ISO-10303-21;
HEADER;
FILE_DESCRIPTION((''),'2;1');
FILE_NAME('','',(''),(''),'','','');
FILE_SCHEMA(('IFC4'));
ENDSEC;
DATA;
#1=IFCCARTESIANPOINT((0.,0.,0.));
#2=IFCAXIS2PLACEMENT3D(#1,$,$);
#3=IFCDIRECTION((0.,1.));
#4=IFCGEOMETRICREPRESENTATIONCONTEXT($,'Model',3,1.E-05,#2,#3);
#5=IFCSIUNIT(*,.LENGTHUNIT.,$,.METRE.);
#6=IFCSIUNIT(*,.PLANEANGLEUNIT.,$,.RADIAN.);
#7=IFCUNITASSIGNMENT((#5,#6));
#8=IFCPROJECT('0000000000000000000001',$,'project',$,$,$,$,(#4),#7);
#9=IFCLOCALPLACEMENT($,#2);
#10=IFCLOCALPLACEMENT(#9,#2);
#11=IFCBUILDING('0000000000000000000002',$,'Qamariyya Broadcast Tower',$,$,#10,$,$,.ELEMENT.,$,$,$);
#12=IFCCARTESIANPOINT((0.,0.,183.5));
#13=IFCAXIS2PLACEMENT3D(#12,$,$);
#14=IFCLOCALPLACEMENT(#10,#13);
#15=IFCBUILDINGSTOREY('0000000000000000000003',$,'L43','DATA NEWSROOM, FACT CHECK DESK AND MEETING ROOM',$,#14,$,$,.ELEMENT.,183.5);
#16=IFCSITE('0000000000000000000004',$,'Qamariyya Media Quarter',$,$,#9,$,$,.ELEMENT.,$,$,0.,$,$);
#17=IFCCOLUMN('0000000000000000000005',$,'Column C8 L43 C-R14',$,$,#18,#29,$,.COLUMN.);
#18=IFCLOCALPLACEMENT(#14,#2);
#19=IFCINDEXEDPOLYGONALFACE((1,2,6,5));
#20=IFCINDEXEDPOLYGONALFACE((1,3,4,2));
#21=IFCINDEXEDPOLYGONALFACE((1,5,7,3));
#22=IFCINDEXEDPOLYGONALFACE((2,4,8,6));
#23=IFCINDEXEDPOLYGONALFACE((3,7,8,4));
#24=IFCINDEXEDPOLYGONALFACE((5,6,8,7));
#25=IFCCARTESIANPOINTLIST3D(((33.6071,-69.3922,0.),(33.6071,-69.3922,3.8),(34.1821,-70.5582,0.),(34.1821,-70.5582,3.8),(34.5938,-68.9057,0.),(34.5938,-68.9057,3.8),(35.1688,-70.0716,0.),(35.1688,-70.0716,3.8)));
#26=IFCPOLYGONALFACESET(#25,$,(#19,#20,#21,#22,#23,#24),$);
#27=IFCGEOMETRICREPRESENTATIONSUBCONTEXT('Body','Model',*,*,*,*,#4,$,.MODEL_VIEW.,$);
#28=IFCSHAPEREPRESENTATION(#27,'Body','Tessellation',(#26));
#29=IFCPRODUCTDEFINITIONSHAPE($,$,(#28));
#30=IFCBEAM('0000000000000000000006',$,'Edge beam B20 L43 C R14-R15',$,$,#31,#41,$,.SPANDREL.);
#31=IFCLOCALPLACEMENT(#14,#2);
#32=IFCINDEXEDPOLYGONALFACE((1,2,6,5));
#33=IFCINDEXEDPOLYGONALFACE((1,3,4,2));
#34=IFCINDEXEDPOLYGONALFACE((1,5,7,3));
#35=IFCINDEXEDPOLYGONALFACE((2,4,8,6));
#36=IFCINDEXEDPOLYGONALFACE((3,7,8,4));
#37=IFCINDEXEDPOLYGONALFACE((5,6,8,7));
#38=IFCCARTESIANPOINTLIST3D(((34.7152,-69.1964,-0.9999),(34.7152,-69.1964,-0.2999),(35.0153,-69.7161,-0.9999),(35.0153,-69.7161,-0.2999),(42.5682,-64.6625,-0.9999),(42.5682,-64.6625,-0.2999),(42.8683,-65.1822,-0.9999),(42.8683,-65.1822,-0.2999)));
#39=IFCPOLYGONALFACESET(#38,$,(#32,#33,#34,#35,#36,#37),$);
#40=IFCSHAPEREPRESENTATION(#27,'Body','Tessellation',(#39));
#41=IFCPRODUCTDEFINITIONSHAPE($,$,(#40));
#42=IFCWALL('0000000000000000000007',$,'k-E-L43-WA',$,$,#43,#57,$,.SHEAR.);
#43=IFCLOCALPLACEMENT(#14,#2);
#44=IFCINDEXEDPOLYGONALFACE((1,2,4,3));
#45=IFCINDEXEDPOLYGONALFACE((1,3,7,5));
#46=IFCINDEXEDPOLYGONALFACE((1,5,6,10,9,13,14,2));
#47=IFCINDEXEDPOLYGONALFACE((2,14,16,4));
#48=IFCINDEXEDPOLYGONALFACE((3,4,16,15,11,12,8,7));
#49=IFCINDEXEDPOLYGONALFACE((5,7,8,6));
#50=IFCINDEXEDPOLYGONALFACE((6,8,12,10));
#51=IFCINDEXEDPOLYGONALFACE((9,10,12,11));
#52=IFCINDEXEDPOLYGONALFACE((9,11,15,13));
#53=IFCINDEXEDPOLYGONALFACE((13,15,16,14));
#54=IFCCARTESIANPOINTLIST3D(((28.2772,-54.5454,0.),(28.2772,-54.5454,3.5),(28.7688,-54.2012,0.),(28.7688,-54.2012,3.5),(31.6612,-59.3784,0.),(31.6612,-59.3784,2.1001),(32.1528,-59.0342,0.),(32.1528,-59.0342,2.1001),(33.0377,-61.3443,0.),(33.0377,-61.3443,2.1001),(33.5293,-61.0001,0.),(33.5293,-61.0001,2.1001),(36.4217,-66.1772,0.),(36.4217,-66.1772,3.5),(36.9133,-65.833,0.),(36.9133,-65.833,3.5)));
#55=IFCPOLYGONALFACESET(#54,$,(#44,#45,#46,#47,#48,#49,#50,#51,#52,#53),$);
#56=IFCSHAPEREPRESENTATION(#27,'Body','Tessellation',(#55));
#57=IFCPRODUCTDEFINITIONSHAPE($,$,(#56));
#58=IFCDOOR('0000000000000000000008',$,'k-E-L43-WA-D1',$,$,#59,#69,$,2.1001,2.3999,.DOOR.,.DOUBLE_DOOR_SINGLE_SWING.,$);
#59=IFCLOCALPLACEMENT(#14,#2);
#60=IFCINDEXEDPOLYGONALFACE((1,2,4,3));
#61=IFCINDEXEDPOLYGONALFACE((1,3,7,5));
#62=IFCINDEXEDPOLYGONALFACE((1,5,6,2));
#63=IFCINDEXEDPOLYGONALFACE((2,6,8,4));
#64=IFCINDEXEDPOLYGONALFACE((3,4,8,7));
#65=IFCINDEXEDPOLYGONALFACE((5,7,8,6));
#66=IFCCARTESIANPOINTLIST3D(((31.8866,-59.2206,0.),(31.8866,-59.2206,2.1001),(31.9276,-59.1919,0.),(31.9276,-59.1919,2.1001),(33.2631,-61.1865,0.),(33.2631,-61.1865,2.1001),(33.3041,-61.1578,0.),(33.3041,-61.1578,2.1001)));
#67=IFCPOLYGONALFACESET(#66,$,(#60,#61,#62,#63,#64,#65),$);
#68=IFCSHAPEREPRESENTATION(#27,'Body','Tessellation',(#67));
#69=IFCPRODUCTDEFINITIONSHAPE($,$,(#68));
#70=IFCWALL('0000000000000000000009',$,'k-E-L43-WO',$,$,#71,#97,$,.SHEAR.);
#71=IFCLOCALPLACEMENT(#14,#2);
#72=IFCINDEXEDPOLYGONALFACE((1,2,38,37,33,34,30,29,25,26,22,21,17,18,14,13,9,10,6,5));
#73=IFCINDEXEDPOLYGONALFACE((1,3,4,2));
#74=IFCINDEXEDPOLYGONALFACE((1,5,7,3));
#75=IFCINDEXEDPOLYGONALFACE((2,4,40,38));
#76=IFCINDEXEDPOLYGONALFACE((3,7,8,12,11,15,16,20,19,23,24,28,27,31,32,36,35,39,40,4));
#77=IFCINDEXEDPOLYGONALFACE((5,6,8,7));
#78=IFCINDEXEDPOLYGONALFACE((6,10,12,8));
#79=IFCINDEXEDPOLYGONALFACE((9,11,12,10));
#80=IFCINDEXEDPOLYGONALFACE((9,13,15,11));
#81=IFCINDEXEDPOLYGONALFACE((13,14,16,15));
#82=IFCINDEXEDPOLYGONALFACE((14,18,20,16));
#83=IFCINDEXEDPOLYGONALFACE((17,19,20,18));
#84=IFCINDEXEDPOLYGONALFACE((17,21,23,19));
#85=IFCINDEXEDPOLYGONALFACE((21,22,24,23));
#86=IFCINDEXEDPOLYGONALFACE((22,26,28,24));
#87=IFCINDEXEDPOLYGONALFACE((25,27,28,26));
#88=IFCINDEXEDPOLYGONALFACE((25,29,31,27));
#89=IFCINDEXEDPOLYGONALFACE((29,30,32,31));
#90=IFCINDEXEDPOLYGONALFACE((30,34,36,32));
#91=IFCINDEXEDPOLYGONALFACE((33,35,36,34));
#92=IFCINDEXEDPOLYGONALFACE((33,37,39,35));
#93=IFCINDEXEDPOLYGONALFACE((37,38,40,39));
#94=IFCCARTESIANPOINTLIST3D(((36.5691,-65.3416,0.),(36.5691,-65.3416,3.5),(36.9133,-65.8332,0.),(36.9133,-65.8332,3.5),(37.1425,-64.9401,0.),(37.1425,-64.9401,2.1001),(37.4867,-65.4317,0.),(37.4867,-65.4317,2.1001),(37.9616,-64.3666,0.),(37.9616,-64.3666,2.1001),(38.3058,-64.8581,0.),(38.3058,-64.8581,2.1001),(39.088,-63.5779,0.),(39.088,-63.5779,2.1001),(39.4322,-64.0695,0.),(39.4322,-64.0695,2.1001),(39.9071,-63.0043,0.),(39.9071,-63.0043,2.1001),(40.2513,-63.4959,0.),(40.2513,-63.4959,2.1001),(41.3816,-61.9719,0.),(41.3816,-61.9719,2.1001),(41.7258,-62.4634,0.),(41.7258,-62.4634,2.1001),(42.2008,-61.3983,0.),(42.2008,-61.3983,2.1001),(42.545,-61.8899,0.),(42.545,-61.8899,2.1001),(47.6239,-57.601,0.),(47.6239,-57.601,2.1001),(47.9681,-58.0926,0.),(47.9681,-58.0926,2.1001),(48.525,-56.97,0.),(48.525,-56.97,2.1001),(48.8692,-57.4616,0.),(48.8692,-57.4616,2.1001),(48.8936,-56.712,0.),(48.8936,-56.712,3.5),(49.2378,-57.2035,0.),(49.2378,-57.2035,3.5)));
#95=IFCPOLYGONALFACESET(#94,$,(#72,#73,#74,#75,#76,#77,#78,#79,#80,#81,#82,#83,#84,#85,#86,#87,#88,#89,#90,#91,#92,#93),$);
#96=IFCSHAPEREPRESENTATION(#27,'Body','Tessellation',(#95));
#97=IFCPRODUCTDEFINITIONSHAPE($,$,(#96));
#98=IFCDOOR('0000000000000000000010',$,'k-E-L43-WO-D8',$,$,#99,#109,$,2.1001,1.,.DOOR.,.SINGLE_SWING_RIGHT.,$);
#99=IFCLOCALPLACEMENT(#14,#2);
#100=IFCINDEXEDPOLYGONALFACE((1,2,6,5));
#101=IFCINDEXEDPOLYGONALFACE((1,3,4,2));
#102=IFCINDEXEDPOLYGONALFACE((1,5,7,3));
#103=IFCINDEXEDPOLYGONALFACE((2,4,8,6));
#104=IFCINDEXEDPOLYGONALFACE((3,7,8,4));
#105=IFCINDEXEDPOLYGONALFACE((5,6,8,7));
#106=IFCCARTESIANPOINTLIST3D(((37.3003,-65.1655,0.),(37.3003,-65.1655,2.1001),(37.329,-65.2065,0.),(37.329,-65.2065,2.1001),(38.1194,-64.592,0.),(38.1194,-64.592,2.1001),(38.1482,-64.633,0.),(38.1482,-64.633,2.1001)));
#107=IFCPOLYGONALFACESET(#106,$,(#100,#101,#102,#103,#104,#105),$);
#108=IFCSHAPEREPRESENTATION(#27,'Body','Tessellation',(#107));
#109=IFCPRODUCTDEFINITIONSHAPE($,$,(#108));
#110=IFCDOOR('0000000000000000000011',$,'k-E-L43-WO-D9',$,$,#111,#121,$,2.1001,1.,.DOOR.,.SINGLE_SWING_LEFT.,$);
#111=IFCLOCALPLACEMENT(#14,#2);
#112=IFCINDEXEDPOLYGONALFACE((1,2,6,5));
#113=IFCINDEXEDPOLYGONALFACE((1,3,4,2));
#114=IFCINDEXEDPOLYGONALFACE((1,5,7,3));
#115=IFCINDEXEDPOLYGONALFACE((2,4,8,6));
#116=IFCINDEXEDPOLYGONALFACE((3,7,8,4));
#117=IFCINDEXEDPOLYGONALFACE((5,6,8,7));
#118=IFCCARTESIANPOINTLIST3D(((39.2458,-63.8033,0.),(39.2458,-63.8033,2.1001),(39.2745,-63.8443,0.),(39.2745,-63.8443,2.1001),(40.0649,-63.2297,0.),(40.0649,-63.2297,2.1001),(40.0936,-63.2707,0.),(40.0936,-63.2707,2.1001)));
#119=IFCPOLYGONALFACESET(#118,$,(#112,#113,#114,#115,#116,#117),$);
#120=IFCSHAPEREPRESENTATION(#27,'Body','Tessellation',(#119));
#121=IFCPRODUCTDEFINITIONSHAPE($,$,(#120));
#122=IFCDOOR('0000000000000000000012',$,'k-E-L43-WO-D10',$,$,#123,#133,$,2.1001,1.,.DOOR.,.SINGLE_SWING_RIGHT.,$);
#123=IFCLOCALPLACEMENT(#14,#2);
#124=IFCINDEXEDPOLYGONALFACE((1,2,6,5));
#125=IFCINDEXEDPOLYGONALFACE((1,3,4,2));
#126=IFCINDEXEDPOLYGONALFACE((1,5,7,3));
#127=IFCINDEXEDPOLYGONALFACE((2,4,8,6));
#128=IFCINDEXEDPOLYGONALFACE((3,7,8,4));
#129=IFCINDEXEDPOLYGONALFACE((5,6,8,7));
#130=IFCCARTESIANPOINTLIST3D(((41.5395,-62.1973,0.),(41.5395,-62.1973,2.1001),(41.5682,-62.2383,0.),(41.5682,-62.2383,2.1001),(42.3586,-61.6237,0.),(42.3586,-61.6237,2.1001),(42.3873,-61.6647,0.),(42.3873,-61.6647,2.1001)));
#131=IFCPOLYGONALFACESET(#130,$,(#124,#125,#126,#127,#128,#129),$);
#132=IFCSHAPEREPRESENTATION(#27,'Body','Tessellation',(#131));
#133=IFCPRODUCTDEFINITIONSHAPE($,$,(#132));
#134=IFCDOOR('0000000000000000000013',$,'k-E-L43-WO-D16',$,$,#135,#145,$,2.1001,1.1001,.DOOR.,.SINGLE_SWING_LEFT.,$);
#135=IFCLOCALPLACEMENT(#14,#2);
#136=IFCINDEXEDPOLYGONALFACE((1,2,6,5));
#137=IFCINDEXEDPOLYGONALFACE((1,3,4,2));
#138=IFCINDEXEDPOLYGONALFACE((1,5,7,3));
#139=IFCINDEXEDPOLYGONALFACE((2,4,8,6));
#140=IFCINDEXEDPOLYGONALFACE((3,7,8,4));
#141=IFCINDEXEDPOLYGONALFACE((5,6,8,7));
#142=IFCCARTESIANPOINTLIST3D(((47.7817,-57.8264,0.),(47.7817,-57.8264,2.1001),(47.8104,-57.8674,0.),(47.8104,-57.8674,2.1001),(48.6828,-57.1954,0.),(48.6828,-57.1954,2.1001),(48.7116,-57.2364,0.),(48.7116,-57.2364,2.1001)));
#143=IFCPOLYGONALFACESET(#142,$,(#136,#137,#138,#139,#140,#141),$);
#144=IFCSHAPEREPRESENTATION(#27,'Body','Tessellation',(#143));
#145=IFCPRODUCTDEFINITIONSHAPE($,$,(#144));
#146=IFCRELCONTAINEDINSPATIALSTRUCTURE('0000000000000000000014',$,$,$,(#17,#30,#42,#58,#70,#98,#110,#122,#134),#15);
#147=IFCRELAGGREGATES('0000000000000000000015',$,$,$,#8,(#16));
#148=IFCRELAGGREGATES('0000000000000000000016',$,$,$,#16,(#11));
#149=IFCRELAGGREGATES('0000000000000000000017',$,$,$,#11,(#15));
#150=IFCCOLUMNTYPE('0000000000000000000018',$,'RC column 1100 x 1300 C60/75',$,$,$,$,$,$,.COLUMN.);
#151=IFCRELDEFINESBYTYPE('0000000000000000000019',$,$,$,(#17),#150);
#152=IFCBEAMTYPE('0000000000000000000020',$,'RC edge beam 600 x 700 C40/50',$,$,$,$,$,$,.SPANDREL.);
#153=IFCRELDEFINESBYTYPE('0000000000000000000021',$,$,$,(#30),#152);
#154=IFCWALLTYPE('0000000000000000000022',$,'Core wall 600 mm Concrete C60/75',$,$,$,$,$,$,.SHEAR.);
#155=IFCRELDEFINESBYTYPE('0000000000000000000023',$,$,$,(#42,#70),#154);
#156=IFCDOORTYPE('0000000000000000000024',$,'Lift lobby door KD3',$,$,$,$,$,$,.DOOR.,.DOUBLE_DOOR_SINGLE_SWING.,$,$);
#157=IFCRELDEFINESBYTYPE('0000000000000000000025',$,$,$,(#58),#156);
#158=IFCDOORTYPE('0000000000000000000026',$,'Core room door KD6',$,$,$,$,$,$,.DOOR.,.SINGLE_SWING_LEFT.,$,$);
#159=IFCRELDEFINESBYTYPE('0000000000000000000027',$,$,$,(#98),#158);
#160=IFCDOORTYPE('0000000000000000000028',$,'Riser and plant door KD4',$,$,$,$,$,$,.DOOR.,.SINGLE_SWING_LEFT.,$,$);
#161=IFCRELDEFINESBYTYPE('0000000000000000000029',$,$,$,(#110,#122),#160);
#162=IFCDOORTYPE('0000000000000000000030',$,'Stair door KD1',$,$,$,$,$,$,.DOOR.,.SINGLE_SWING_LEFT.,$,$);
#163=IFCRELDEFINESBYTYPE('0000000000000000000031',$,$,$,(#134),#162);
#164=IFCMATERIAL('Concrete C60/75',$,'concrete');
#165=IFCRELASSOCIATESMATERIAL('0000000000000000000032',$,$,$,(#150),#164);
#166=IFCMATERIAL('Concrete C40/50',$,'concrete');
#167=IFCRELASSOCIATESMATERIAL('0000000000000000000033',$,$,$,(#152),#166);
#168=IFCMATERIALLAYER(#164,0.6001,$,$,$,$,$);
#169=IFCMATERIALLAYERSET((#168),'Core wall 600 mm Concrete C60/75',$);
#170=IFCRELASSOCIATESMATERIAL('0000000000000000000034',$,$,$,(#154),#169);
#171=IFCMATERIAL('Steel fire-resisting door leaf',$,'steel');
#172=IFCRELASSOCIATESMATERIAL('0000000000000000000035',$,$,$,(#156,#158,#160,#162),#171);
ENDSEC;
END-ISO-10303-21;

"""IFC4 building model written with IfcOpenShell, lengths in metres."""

from ifc_helpers import new_model, si_unit, direction, frame, frame_2d, origin, origin_2d, place, context, subcontext, project, spatial, rectangle, extrude, material, layer, layer_set, material_profile, profile_set, type_object, element, fill, save


model = new_model("IFC4")

# Units and contexts
model_context = context("Model", 3, precision=1e-05, world=origin(), true_north=direction((0.0, 1.0)))
body_context = subcontext(model_context, "Body", "Model", "MODEL_VIEW")
ifc_project = project(units=[si_unit("LENGTHUNIT", "METRE"), si_unit("PLANEANGLEUNIT", "RADIAN")], contexts=[model_context])

# Site, building, storey
site_placement = place(None, origin())
site = spatial("IfcSite", under=ifc_project, at=site_placement, Name="Qamariyya Media Quarter", CompositionType="ELEMENT", RefElevation=0.0)
building_placement = place(site_placement, origin())
building = spatial("IfcBuilding", under=site, at=building_placement, Name="Qamariyya Broadcast Tower", CompositionType="ELEMENT")
storey_placement = place(building_placement, frame((0.0, 0.0, 183.5)))
storey = spatial("IfcBuildingStorey", under=building, at=storey_placement, Name="L43", Description="DATA NEWSROOM, FACT CHECK DESK AND MEETING ROOM", CompositionType="ELEMENT", Elevation=183.5)

# Column
ifc_material_1 = material(Name="Concrete C60/75", Category="concrete")
ifc_material_profile_1 = material_profile(ifc_material_1, rectangle(XDim=1.1001, YDim=1.3, at=origin_2d()))
ifc_profile_set_1 = profile_set([ifc_material_profile_1], Name="Concrete C60/75")
column_type = type_object("IfcColumnType", Name="RC column 1100 x 1300 C60/75", PredefinedType="COLUMN", material=ifc_profile_set_1)
column_placement = place(storey_placement, frame((34.3879, -69.7319, 0.0), z_axis=(0.0, 0.0, 1.0), x_axis=(0.896873, 0.442289, 0.0)))
element("IfcColumn", 1, at=column_placement, inside=storey, type_object=column_type, Name="Column C8 L43 C-R14", PredefinedType="COLUMN", context=body_context, shape_type="SweptSolid", body=[
    extrude(rectangle(XDim=1.1001, YDim=1.3, at=origin_2d()), origin(), (0.0, 0.0, 1.0), 3.8),
])

# Beam
ifc_material_2 = material(Name="Concrete C40/50", Category="concrete")
ifc_material_profile_2 = material_profile(ifc_material_2, rectangle(XDim=0.6001, YDim=0.7, at=origin_2d()))
ifc_profile_set_2 = profile_set([ifc_material_profile_2], Name="Concrete C40/50")
beam_type = type_object("IfcBeamType", Name="RC edge beam 600 x 700 C40/50", PredefinedType="SPANDREL", material=ifc_profile_set_2)
beam_placement = place(storey_placement, frame((34.8652, -69.4563, -0.6499), z_axis=(0.866026, 0.499999, 0.0), x_axis=(-0.499999, 0.866026, 0.0)))
element("IfcBeam", 2, at=beam_placement, inside=storey, type_object=beam_type, Name="Edge beam B20 L43 C R14-R15", PredefinedType="SPANDREL", context=body_context, shape_type="SweptSolid", body=[
    extrude(rectangle(XDim=0.6001, YDim=0.7, at=origin_2d()), origin(), (0.0, 0.0, 1.0), 9.0679),
])

# Wall, opening, door
ifc_layer_1 = layer(ifc_material_1, 0.6001)
ifc_layer_set_1 = layer_set([ifc_layer_1], Name="Core wall 600 mm Concrete C60/75")
wall_type_1 = type_object("IfcWallType", Name="Core wall 600 mm Concrete C60/75", PredefinedType="SHEAR", material=ifc_layer_set_1)
wall_1_placement = place(storey_placement, frame((36.6675, -66.0051, 0.0), z_axis=(0.0, 0.0, 1.0), x_axis=(-0.573568, 0.819158, 0.0)))
wall_1 = element("IfcWall", 3, at=wall_1_placement, inside=storey, type_object=wall_type_1, Name="k-E-L43-WA", PredefinedType="SHEAR", context=body_context, shape_type="SweptSolid", body=[
    extrude(rectangle(XDim=14.1997, YDim=0.6001, at=frame_2d((7.0999, 0.0))), origin(), (0.0, 0.0, 1.0), 3.5),
])
opening_1_placement = place(wall_1_placement, frame((5.8999, 0.0, 0.0)))
opening_1 = element("IfcOpeningElement", 4, at=opening_1_placement, cuts=wall_1, PredefinedType="OPENING", context=body_context, shape_type="SweptSolid", body=[
    extrude(rectangle(XDim=2.3999, YDim=2.1001, at=frame_2d((1.2, 1.05))), frame((0.0, 0.3101, 0.0), z_axis=(0.0, -1.0, 0.0), x_axis=(1.0, 0.0, 0.0)), (0.0, 0.0, 1.0), 0.6201),
])
ifc_material_3 = material(Name="Steel fire-resisting door leaf", Category="steel")
door_type_1 = type_object("IfcDoorType", Name="Lift lobby door KD3", OperationType="DOUBLE_DOOR_SINGLE_SWING", PredefinedType="DOOR", material=ifc_material_3)
door_1_placement = place(opening_1_placement, origin())
door_1 = element("IfcDoor", 5, at=door_1_placement, inside=storey, type_object=door_type_1, Name="k-E-L43-WA-D1", OperationType="DOUBLE_DOOR_SINGLE_SWING", OverallHeight=2.1001, OverallWidth=2.3999, PredefinedType="DOOR", context=body_context, shape_type="SweptSolid", body=[
    extrude(rectangle(XDim=2.3999, YDim=2.1001, at=frame_2d((1.2, 1.05))), frame((0.0, 0.0249, 0.0), z_axis=(0.0, -1.0, 0.0), x_axis=(1.0, 0.0, 0.0)), (0.0, 0.0, 1.0), 0.05),
])
fill(opening_1, door_1)

# Wall, openings, doors
wall_2_placement = place(storey_placement, frame((36.7412, -65.5874, 0.0), z_axis=(0.0, 0.0, 1.0), x_axis=(0.819153, 0.573575, 0.0)))
wall_2 = element("IfcWall", 6, at=wall_2_placement, inside=storey, type_object=wall_type_1, Name="k-E-L43-WO", PredefinedType="SHEAR", context=body_context, shape_type="SweptSolid", body=[
    extrude(rectangle(XDim=15.0454, YDim=0.6001, at=frame_2d((7.5227, 0.0))), origin(), (0.0, 0.0, 1.0), 3.5),
])
opening_2_placement = place(wall_2_placement, frame((0.7, 0.0, 0.0)))
opening_2 = element("IfcOpeningElement", 7, at=opening_2_placement, cuts=wall_2, PredefinedType="OPENING", context=body_context, shape_type="SweptSolid", body=[
    extrude(rectangle(XDim=1.0, YDim=2.1001, at=frame_2d((0.5, 1.05))), frame((0.0, 0.3101, 0.0), z_axis=(0.0, -1.0, 0.0), x_axis=(1.0, 0.0, 0.0)), (0.0, 0.0, 1.0), 0.6201),
])
opening_3_placement = place(wall_2_placement, frame((3.075, 0.0, 0.0)))
opening_3 = element("IfcOpeningElement", 8, at=opening_3_placement, cuts=wall_2, PredefinedType="OPENING", context=body_context, shape_type="SweptSolid", body=[
    extrude(rectangle(XDim=1.0, YDim=2.1001, at=frame_2d((0.5, 1.05))), frame((0.0, 0.3101, 0.0), z_axis=(0.0, -1.0, 0.0), x_axis=(1.0, 0.0, 0.0)), (0.0, 0.0, 1.0), 0.6201),
])
opening_4_placement = place(wall_2_placement, frame((5.875, 0.0, 0.0)))
opening_4 = element("IfcOpeningElement", 9, at=opening_4_placement, cuts=wall_2, PredefinedType="OPENING", context=body_context, shape_type="SweptSolid", body=[
    extrude(rectangle(XDim=1.0, YDim=2.1001, at=frame_2d((0.5, 1.05))), frame((0.0, 0.3101, 0.0), z_axis=(0.0, -1.0, 0.0), x_axis=(1.0, 0.0, 0.0)), (0.0, 0.0, 1.0), 0.6201),
])
opening_5_placement = place(wall_2_placement, frame((13.4954, 0.0, 0.0)))
opening_5 = element("IfcOpeningElement", 10, at=opening_5_placement, cuts=wall_2, PredefinedType="OPENING", context=body_context, shape_type="SweptSolid", body=[
    extrude(rectangle(XDim=1.1001, YDim=2.1001, at=frame_2d((0.55, 1.05))), frame((0.0, 0.3101, 0.0), z_axis=(0.0, -1.0, 0.0), x_axis=(1.0, 0.0, 0.0)), (0.0, 0.0, 1.0), 0.6201),
])
door_type_2 = type_object("IfcDoorType", Name="Core room door KD6", OperationType="SINGLE_SWING_LEFT", PredefinedType="DOOR", material=ifc_material_3)
door_2_placement = place(opening_2_placement, origin())
door_2 = element("IfcDoor", 11, at=door_2_placement, inside=storey, type_object=door_type_2, Name="k-E-L43-WO-D8", OperationType="SINGLE_SWING_RIGHT", OverallHeight=2.1001, OverallWidth=1.0, PredefinedType="DOOR", context=body_context, shape_type="SweptSolid", body=[
    extrude(rectangle(XDim=1.0, YDim=2.1001, at=frame_2d((0.5, 1.05))), frame((0.0, 0.0249, 0.0), z_axis=(0.0, -1.0, 0.0), x_axis=(1.0, 0.0, 0.0)), (0.0, 0.0, 1.0), 0.05),
])
fill(opening_2, door_2)
door_type_3 = type_object("IfcDoorType", Name="Riser and plant door KD4", OperationType="SINGLE_SWING_LEFT", PredefinedType="DOOR", material=ifc_material_3)
door_3_placement = place(opening_3_placement, origin())
door_3 = element("IfcDoor", 12, at=door_3_placement, inside=storey, type_object=door_type_3, Name="k-E-L43-WO-D9", OperationType="SINGLE_SWING_LEFT", OverallHeight=2.1001, OverallWidth=1.0, PredefinedType="DOOR", context=body_context, shape_type="SweptSolid", body=[
    extrude(rectangle(XDim=1.0, YDim=2.1001, at=frame_2d((0.5, 1.05))), frame((0.0, 0.0249, 0.0), z_axis=(0.0, -1.0, 0.0), x_axis=(1.0, 0.0, 0.0)), (0.0, 0.0, 1.0), 0.05),
])
fill(opening_3, door_3)
door_4_placement = place(opening_4_placement, origin())
door_4 = element("IfcDoor", 13, at=door_4_placement, inside=storey, type_object=door_type_3, Name="k-E-L43-WO-D10", OperationType="SINGLE_SWING_RIGHT", OverallHeight=2.1001, OverallWidth=1.0, PredefinedType="DOOR", context=body_context, shape_type="SweptSolid", body=[
    extrude(rectangle(XDim=1.0, YDim=2.1001, at=frame_2d((0.5, 1.05))), frame((0.0, 0.0249, 0.0), z_axis=(0.0, -1.0, 0.0), x_axis=(1.0, 0.0, 0.0)), (0.0, 0.0, 1.0), 0.05),
])
fill(opening_4, door_4)
door_type_4 = type_object("IfcDoorType", Name="Stair door KD1", OperationType="SINGLE_SWING_LEFT", PredefinedType="DOOR", material=ifc_material_3)
door_5_placement = place(opening_5_placement, origin())
door_5 = element("IfcDoor", 14, at=door_5_placement, inside=storey, type_object=door_type_4, Name="k-E-L43-WO-D16", OperationType="SINGLE_SWING_LEFT", OverallHeight=2.1001, OverallWidth=1.1001, PredefinedType="DOOR", context=body_context, shape_type="SweptSolid", body=[
    extrude(rectangle(XDim=1.1001, YDim=2.1001, at=frame_2d((0.55, 1.05))), frame((0.0, 0.0249, 0.0), z_axis=(0.0, -1.0, 0.0), x_axis=(1.0, 0.0, 0.0)), (0.0, 0.0, 1.0), 0.05),
])
fill(opening_5, door_5)

save(model, "model.ifc")
